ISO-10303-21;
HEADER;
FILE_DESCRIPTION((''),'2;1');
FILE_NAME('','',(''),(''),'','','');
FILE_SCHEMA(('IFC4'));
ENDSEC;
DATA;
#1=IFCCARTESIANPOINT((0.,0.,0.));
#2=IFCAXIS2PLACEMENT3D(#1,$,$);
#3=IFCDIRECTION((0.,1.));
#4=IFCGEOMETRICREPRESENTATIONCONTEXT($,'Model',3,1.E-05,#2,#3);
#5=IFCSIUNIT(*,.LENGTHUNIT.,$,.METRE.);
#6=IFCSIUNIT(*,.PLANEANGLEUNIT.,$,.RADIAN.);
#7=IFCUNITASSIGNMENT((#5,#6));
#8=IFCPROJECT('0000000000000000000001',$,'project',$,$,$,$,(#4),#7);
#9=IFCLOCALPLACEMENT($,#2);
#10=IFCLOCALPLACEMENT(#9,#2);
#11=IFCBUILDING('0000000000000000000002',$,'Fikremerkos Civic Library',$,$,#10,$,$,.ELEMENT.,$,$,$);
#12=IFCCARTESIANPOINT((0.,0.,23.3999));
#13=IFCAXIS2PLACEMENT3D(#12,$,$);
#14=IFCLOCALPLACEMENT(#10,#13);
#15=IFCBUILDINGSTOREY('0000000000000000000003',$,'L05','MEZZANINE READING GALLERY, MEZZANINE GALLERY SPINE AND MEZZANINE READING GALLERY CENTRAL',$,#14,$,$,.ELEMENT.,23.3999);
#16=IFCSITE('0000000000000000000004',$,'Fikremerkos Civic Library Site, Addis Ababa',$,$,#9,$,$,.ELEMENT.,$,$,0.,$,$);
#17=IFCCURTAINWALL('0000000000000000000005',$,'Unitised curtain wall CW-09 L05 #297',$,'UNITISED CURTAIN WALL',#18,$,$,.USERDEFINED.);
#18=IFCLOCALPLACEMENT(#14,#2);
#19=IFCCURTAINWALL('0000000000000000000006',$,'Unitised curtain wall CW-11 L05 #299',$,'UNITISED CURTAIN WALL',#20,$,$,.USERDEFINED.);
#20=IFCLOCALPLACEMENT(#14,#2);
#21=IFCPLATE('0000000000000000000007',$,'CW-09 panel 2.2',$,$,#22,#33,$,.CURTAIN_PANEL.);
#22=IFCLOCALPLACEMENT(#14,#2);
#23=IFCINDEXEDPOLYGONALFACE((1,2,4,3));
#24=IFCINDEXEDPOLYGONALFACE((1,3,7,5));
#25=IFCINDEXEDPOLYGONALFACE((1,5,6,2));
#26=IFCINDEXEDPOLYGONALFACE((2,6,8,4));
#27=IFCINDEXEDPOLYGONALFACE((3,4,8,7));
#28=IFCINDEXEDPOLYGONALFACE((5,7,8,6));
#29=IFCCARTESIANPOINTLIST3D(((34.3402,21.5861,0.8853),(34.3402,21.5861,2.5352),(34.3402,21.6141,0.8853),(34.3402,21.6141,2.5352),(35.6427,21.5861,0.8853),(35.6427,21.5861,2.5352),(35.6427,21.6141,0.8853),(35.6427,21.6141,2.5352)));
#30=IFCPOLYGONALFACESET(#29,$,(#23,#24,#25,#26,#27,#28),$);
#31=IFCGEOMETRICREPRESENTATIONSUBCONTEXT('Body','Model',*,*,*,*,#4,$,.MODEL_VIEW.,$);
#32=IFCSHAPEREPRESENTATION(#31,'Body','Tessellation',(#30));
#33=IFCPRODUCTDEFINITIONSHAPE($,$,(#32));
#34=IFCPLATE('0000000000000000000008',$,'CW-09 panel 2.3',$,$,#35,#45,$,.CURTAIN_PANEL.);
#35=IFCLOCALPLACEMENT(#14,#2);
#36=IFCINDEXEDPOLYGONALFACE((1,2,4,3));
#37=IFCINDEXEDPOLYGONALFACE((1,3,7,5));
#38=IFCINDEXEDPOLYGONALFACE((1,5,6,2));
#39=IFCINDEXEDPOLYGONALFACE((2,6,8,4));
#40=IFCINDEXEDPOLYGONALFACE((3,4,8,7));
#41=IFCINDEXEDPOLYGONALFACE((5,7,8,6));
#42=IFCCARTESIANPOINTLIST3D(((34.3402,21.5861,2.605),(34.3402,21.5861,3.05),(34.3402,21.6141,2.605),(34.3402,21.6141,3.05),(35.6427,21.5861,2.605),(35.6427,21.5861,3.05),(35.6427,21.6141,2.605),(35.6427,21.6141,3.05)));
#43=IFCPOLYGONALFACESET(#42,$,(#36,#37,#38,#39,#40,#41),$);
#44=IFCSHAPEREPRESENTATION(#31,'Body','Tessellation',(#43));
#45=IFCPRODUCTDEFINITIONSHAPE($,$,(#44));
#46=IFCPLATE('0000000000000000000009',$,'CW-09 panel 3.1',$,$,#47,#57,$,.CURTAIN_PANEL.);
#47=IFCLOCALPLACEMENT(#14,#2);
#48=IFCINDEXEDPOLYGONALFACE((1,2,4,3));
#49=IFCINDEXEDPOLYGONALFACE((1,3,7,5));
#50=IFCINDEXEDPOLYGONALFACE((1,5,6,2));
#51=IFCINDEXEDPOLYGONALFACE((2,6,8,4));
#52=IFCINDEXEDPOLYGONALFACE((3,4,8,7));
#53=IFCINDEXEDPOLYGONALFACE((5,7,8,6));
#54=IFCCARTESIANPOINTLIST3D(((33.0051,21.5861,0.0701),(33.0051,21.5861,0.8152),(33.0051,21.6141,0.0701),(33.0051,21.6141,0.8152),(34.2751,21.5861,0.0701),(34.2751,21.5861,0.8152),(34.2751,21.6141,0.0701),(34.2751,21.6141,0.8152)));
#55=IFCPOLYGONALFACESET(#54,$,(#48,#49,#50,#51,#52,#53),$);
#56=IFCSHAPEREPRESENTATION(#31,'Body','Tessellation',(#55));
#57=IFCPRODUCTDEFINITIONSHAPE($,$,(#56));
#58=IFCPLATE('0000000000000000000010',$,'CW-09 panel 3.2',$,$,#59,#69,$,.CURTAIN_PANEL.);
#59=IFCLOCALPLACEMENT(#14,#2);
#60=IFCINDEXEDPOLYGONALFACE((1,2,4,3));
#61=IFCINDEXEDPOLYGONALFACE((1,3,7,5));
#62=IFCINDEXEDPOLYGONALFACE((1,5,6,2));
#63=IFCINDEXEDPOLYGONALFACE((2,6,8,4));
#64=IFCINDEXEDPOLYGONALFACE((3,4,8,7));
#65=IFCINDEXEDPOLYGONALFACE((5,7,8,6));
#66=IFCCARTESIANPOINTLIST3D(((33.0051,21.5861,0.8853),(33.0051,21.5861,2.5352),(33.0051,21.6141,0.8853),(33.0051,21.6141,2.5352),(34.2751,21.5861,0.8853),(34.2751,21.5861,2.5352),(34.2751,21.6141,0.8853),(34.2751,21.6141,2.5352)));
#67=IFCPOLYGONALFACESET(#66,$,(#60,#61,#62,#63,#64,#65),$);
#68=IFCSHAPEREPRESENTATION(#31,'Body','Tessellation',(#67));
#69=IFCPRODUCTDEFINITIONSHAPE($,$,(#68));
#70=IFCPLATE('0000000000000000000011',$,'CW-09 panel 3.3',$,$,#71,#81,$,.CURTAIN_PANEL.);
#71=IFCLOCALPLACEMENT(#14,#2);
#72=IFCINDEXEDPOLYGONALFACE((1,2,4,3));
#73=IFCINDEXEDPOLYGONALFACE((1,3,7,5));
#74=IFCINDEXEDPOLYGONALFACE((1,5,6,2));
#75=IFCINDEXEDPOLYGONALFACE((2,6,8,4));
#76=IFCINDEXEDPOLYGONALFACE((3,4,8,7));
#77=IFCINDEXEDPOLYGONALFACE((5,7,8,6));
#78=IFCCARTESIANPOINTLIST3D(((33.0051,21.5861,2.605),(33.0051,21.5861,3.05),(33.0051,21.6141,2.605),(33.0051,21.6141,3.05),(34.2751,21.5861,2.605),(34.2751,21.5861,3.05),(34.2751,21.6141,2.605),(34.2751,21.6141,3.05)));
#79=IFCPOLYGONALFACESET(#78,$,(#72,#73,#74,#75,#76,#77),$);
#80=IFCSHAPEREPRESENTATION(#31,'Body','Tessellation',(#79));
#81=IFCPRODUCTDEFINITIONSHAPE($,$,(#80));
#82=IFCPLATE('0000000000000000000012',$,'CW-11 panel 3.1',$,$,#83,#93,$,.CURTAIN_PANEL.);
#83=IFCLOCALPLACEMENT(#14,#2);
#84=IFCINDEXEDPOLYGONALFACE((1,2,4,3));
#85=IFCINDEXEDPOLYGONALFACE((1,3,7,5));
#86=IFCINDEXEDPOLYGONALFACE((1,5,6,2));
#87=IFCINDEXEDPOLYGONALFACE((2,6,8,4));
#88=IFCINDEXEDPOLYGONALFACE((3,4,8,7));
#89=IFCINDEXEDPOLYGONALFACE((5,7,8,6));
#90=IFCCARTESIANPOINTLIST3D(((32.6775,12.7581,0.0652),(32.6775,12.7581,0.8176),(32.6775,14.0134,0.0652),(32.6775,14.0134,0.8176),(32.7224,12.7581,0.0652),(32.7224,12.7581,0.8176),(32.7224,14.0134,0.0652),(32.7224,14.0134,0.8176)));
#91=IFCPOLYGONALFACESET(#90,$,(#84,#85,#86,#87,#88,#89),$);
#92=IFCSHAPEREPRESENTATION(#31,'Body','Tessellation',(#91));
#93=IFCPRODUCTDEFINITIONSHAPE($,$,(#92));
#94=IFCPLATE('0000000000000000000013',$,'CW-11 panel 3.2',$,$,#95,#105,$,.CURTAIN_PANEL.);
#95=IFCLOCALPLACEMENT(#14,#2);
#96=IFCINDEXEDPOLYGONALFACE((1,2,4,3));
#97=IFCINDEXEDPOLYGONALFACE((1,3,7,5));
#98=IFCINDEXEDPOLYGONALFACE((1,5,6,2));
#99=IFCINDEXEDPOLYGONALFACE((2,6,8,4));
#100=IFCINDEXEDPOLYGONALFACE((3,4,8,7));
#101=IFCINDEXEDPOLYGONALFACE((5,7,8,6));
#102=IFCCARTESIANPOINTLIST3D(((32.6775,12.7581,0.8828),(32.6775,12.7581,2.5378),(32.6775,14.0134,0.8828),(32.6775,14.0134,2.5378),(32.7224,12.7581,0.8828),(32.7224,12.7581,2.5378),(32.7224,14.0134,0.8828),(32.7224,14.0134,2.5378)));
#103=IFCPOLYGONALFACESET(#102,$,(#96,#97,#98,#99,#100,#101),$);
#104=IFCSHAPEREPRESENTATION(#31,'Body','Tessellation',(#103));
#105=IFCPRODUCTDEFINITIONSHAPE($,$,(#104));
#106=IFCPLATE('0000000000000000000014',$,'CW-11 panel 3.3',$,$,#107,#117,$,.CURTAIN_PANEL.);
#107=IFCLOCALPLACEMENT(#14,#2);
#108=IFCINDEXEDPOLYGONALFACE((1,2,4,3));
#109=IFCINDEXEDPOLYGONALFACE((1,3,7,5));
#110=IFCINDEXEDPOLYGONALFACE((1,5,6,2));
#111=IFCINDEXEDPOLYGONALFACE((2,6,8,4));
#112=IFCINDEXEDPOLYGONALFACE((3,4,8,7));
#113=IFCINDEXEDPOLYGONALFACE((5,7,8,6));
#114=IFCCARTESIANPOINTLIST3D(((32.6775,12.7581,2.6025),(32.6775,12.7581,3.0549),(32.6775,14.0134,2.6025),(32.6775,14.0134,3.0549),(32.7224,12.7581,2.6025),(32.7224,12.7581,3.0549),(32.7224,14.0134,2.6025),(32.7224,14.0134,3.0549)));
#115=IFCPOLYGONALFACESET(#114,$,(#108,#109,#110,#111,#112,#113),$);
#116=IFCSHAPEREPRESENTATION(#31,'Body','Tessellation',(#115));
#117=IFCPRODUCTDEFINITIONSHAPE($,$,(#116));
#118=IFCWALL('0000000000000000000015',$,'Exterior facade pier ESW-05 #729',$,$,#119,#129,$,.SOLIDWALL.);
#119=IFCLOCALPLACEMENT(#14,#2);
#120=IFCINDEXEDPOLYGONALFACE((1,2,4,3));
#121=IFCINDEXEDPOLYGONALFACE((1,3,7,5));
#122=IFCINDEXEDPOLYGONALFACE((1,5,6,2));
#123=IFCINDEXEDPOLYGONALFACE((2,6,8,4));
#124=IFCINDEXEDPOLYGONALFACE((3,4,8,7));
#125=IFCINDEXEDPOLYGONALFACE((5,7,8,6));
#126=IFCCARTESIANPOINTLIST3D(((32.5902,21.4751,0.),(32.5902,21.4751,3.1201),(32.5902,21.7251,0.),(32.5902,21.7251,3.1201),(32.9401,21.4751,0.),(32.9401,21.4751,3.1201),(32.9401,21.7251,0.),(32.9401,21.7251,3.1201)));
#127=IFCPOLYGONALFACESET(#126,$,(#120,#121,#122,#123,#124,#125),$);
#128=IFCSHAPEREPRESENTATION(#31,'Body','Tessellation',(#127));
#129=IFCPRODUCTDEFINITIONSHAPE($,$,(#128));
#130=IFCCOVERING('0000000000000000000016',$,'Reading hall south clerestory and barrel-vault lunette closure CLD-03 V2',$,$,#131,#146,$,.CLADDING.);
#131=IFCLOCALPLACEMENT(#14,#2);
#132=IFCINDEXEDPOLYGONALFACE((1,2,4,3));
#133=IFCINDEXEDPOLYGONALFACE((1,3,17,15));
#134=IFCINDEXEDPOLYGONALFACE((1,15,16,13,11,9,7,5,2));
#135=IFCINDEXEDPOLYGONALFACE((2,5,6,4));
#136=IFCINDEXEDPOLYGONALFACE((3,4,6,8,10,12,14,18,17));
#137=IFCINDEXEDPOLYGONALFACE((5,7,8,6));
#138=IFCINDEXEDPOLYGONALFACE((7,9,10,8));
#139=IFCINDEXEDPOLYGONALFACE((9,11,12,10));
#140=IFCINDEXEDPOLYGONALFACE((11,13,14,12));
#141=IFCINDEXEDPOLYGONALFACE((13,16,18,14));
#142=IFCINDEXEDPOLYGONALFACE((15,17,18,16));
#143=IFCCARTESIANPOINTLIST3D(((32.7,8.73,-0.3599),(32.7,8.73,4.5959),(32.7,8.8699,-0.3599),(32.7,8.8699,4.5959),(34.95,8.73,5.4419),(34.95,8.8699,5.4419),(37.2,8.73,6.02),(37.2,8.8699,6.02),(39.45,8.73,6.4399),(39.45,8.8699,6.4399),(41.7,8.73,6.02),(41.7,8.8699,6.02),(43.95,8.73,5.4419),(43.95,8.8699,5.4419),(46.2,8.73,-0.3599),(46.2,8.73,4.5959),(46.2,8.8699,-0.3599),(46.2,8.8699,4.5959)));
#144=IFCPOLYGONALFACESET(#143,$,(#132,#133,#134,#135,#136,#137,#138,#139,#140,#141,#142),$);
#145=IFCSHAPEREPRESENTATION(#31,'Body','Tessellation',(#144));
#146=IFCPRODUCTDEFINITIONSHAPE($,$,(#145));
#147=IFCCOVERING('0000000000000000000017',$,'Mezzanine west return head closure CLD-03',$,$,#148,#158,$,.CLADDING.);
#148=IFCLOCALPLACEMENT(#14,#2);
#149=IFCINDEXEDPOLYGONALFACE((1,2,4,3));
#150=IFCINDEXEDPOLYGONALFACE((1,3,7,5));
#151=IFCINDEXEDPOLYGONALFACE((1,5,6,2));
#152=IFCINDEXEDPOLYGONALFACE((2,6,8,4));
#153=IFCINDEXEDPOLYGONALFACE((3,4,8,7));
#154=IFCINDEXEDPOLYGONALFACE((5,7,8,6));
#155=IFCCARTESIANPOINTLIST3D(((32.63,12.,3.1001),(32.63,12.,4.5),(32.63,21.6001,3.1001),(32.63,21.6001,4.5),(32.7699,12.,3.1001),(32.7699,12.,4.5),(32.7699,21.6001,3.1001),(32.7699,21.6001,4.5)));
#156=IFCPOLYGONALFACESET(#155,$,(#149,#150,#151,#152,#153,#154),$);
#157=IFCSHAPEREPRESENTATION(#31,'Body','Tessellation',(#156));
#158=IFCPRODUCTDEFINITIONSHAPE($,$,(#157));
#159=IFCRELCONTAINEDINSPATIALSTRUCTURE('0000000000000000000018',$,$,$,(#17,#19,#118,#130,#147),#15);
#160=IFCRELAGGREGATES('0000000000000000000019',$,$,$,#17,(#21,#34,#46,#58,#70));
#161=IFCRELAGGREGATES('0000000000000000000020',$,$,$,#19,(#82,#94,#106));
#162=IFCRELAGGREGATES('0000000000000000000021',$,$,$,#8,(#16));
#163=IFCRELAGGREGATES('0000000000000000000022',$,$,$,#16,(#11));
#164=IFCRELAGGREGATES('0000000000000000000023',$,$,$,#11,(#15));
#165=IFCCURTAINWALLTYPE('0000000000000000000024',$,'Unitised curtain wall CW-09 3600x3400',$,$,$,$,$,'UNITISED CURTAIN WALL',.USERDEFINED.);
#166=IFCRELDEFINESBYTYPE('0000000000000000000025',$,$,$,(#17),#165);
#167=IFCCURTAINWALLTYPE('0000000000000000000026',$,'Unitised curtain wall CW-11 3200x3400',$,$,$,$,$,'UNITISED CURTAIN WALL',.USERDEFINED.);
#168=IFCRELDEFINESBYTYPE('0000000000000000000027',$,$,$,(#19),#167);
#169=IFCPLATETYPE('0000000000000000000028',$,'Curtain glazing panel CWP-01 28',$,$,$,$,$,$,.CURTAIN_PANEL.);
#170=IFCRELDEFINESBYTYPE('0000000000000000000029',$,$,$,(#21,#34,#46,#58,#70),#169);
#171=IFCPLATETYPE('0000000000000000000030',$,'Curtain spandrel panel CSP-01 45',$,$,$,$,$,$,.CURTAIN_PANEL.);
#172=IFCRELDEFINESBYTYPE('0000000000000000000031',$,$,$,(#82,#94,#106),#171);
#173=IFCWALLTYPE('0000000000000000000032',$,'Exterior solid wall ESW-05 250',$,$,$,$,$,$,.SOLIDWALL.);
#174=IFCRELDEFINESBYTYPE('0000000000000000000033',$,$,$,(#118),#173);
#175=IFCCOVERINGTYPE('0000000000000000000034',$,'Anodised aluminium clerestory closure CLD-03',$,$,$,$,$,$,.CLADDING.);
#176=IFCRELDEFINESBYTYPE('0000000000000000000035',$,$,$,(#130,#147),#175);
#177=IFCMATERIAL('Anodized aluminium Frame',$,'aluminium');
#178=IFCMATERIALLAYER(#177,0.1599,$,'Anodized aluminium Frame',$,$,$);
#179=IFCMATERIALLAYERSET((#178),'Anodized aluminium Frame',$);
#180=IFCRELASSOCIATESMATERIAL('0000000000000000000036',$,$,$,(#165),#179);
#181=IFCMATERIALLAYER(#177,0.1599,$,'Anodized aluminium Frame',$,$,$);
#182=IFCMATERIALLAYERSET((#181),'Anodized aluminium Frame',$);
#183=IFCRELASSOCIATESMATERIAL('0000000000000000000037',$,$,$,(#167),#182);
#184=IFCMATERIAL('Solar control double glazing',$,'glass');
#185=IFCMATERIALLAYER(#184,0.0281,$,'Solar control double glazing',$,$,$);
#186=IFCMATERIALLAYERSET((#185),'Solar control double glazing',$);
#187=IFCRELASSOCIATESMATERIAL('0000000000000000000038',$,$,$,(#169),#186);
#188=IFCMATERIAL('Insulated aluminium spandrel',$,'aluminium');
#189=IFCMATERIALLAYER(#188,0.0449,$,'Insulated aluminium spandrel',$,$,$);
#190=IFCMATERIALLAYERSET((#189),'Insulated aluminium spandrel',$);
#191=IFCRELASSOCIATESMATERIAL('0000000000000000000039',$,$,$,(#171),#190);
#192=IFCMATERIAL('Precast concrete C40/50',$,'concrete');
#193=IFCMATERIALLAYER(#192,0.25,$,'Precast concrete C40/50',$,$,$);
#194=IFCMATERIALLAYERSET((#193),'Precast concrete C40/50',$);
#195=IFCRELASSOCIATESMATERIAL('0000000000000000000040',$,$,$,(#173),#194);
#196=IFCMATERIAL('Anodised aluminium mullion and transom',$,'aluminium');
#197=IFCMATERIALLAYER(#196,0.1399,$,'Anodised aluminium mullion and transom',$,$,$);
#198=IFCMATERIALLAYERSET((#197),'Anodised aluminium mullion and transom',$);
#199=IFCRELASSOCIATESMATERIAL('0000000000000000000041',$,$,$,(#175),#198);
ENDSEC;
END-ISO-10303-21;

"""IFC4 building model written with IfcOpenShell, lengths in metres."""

from ifc_helpers import new_model, si_unit, direction, frame, frame_2d, origin, origin_2d, place, context, subcontext, project, spatial, polyline, rectangle, outline, extrude, material, layer, layer_set, type_object, element, aggregate, save


model = new_model("IFC4")

# Units and contexts
model_context = context("Model", 3, precision=1e-05, world=origin(), true_north=direction((0.0, 1.0)))
body_context = subcontext(model_context, "Body", "Model", "MODEL_VIEW")
ifc_project = project(units=[si_unit("LENGTHUNIT", "METRE"), si_unit("PLANEANGLEUNIT", "RADIAN")], contexts=[model_context])

# Site, building, storey
site_placement = place(None, origin())
site = spatial("IfcSite", under=ifc_project, at=site_placement, Name="Fikremerkos Civic Library Site, Addis Ababa", CompositionType="ELEMENT", RefElevation=0.0)
building_placement = place(site_placement, origin())
building = spatial("IfcBuilding", under=site, at=building_placement, Name="Fikremerkos Civic Library", CompositionType="ELEMENT")
storey_placement = place(building_placement, frame((0.0, 0.0, 23.3999)))
storey = spatial("IfcBuildingStorey", under=building, at=storey_placement, Name="L05", Description="MEZZANINE READING GALLERY, MEZZANINE GALLERY SPINE AND MEZZANINE READING GALLERY CENTRAL", CompositionType="ELEMENT", Elevation=23.3999)

# Curtain walls
ifc_material_1 = material(Name="Anodized aluminium Frame", Category="aluminium")
ifc_layer_1 = layer(ifc_material_1, 0.1599, Name="Anodized aluminium Frame")
ifc_layer_set_1 = layer_set([ifc_layer_1], Name="Anodized aluminium Frame")
curtain_wall_type_1 = type_object("IfcCurtainWallType", Name="Unitised curtain wall CW-09 3600x3400", ElementType="UNITISED CURTAIN WALL", PredefinedType="USERDEFINED", material=ifc_layer_set_1)
curtain_wall_1_placement = place(storey_placement, origin())
curtain_wall_1 = element("IfcCurtainWall", 1, at=curtain_wall_1_placement, inside=storey, type_object=curtain_wall_type_1, Name="Unitised curtain wall CW-09 L05 #297", ObjectType="UNITISED CURTAIN WALL", PredefinedType="USERDEFINED")
ifc_layer_2 = layer(ifc_material_1, 0.1599, Name="Anodized aluminium Frame")
ifc_layer_set_2 = layer_set([ifc_layer_2], Name="Anodized aluminium Frame")
curtain_wall_type_2 = type_object("IfcCurtainWallType", Name="Unitised curtain wall CW-11 3200x3400", ElementType="UNITISED CURTAIN WALL", PredefinedType="USERDEFINED", material=ifc_layer_set_2)
curtain_wall_2_placement = place(storey_placement, origin())
curtain_wall_2 = element("IfcCurtainWall", 2, at=curtain_wall_2_placement, inside=storey, type_object=curtain_wall_type_2, Name="Unitised curtain wall CW-11 L05 #299", ObjectType="UNITISED CURTAIN WALL", PredefinedType="USERDEFINED")

# Plates
ifc_material_2 = material(Name="Solar control double glazing", Category="glass")
ifc_layer_3 = layer(ifc_material_2, 0.0281, Name="Solar control double glazing")
ifc_layer_set_3 = layer_set([ifc_layer_3], Name="Solar control double glazing")
plate_type_1 = type_object("IfcPlateType", Name="Curtain glazing panel CWP-01 28", PredefinedType="CURTAIN_PANEL", material=ifc_layer_set_3)
plate_1_placement = place(storey_placement, frame((34.9915, 21.6001, 0.8853), z_axis=(0.0, 0.0, 1.0), x_axis=(-1.0, 0.0, 0.0)))
plate_1 = element("IfcPlate", 3, at=plate_1_placement, type_object=plate_type_1, Name="CW-09 panel 2.2", PredefinedType="CURTAIN_PANEL", context=body_context, shape_type="SweptSolid", body=[
    extrude(rectangle(XDim=1.3025, YDim=0.0281, at=origin_2d()), origin(), (0.0, 0.0, 1.0), 1.6499),
])
plate_2_placement = place(storey_placement, frame((34.9915, 21.6001, 2.605), z_axis=(0.0, 0.0, 1.0), x_axis=(-1.0, 0.0, 0.0)))
plate_2 = element("IfcPlate", 4, at=plate_2_placement, type_object=plate_type_1, Name="CW-09 panel 2.3", PredefinedType="CURTAIN_PANEL", context=body_context, shape_type="SweptSolid", body=[
    extrude(rectangle(XDim=1.3025, YDim=0.0281, at=origin_2d()), origin(), (0.0, 0.0, 1.0), 0.4451),
])
plate_3_placement = place(storey_placement, frame((33.6401, 21.6001, 0.0701), z_axis=(0.0, 0.0, 1.0), x_axis=(-1.0, 0.0, 0.0)))
plate_3 = element("IfcPlate", 5, at=plate_3_placement, type_object=plate_type_1, Name="CW-09 panel 3.1", PredefinedType="CURTAIN_PANEL", context=body_context, shape_type="SweptSolid", body=[
    extrude(rectangle(XDim=1.27, YDim=0.0281, at=origin_2d()), origin(), (0.0, 0.0, 1.0), 0.7451),
])
plate_4_placement = place(storey_placement, frame((33.6401, 21.6001, 0.8853), z_axis=(0.0, 0.0, 1.0), x_axis=(-1.0, 0.0, 0.0)))
plate_4 = element("IfcPlate", 6, at=plate_4_placement, type_object=plate_type_1, Name="CW-09 panel 3.2", PredefinedType="CURTAIN_PANEL", context=body_context, shape_type="SweptSolid", body=[
    extrude(rectangle(XDim=1.27, YDim=0.0281, at=origin_2d()), origin(), (0.0, 0.0, 1.0), 1.6499),
])
plate_5_placement = place(storey_placement, frame((33.6401, 21.6001, 2.605), z_axis=(0.0, 0.0, 1.0), x_axis=(-1.0, 0.0, 0.0)))
plate_5 = element("IfcPlate", 7, at=plate_5_placement, type_object=plate_type_1, Name="CW-09 panel 3.3", PredefinedType="CURTAIN_PANEL", context=body_context, shape_type="SweptSolid", body=[
    extrude(rectangle(XDim=1.27, YDim=0.0281, at=origin_2d()), origin(), (0.0, 0.0, 1.0), 0.4451),
])
aggregate(curtain_wall_1, [plate_1, plate_2, plate_3, plate_4, plate_5])
ifc_material_3 = material(Name="Insulated aluminium spandrel", Category="aluminium")
ifc_layer_4 = layer(ifc_material_3, 0.0449, Name="Insulated aluminium spandrel")
ifc_layer_set_4 = layer_set([ifc_layer_4], Name="Insulated aluminium spandrel")
plate_type_2 = type_object("IfcPlateType", Name="Curtain spandrel panel CSP-01 45", PredefinedType="CURTAIN_PANEL", material=ifc_layer_set_4)
plate_6_placement = place(storey_placement, frame((32.7, 13.3857, 0.0652), z_axis=(0.0, 0.0, 1.0), x_axis=(0.0, -1.0, 0.0)))
plate_6 = element("IfcPlate", 8, at=plate_6_placement, type_object=plate_type_2, Name="CW-11 panel 3.1", PredefinedType="CURTAIN_PANEL", context=body_context, shape_type="SweptSolid", body=[
    extrude(rectangle(XDim=1.2554, YDim=0.0449, at=origin_2d()), origin(), (0.0, 0.0, 1.0), 0.7524),
])
plate_7_placement = place(storey_placement, frame((32.7, 13.3857, 0.8828), z_axis=(0.0, 0.0, 1.0), x_axis=(0.0, -1.0, 0.0)))
plate_7 = element("IfcPlate", 9, at=plate_7_placement, type_object=plate_type_2, Name="CW-11 panel 3.2", PredefinedType="CURTAIN_PANEL", context=body_context, shape_type="SweptSolid", body=[
    extrude(rectangle(XDim=1.2554, YDim=0.0449, at=origin_2d()), origin(), (0.0, 0.0, 1.0), 1.655),
])
plate_8_placement = place(storey_placement, frame((32.7, 13.3857, 2.6025), z_axis=(0.0, 0.0, 1.0), x_axis=(0.0, -1.0, 0.0)))
plate_8 = element("IfcPlate", 10, at=plate_8_placement, type_object=plate_type_2, Name="CW-11 panel 3.3", PredefinedType="CURTAIN_PANEL", context=body_context, shape_type="SweptSolid", body=[
    extrude(rectangle(XDim=1.2554, YDim=0.0449, at=origin_2d()), origin(), (0.0, 0.0, 1.0), 0.4524),
])
aggregate(curtain_wall_2, [plate_6, plate_7, plate_8])

# Wall
ifc_material_4 = material(Name="Precast concrete C40/50", Category="concrete")
ifc_layer_5 = layer(ifc_material_4, 0.25, Name="Precast concrete C40/50")
ifc_layer_set_5 = layer_set([ifc_layer_5], Name="Precast concrete C40/50")
wall_type = type_object("IfcWallType", Name="Exterior solid wall ESW-05 250", PredefinedType="SOLIDWALL", material=ifc_layer_set_5)
wall_placement = place(storey_placement, frame((32.9399, 21.6001, 0.0), z_axis=(0.0, 0.0, 1.0), x_axis=(-1.0, 0.0, 0.0)))
element("IfcWall", 11, at=wall_placement, inside=storey, type_object=wall_type, Name="Exterior facade pier ESW-05 #729", PredefinedType="SOLIDWALL", context=body_context, shape_type="SweptSolid", body=[
    extrude(rectangle(XDim=0.3499, YDim=0.25, at=frame_2d((0.1748, 0.0))), origin(), (0.0, 0.0, 1.0), 3.1201),
])

# Coverings
ifc_material_5 = material(Name="Anodised aluminium mullion and transom", Category="aluminium")
ifc_layer_6 = layer(ifc_material_5, 0.1399, Name="Anodised aluminium mullion and transom")
ifc_layer_set_6 = layer_set([ifc_layer_6], Name="Anodised aluminium mullion and transom")
covering_type = type_object("IfcCoveringType", Name="Anodised aluminium clerestory closure CLD-03", PredefinedType="CLADDING", material=ifc_layer_set_6)
covering_1_placement = place(storey_placement, frame((32.7, 8.8, -0.3599), z_axis=(0.0, 0.0, 1.0), x_axis=(1.0, 0.0, 0.0)))
element("IfcCovering", 12, at=covering_1_placement, inside=storey, type_object=covering_type, Name="Reading hall south clerestory and barrel-vault lunette closure CLD-03 V2", PredefinedType="CLADDING", context=body_context, shape_type="SweptSolid", body=[
    extrude(outline(polyline([(0.0, 0.0), (13.5, 0.0), (13.5, 4.9558), (11.25, 5.8018), (9.0, 6.3799), (6.75, 6.7998), (4.5, 6.3799), (2.25, 5.8018), (0.0, 4.9558), (0.0, 0.0)])), frame((0.0, 0.0698, 0.0), z_axis=(0.0, -1.0, 0.0), x_axis=(1.0, 0.0, 0.0)), (0.0, 0.0, 1.0), 0.1399),
])
covering_2_placement = place(storey_placement, frame((32.7, 12.0, 3.1001), z_axis=(0.0, 0.0, 1.0), x_axis=(0.0, 1.0, 0.0)))
element("IfcCovering", 13, at=covering_2_placement, inside=storey, type_object=covering_type, Name="Mezzanine west return head closure CLD-03", PredefinedType="CLADDING", context=body_context, shape_type="SweptSolid", body=[
    extrude(rectangle(XDim=9.6001, YDim=0.1399, at=frame_2d((4.8, 0.0))), origin(), (0.0, 0.0, 1.0), 1.3999),
])

save(model, "model.ifc")
